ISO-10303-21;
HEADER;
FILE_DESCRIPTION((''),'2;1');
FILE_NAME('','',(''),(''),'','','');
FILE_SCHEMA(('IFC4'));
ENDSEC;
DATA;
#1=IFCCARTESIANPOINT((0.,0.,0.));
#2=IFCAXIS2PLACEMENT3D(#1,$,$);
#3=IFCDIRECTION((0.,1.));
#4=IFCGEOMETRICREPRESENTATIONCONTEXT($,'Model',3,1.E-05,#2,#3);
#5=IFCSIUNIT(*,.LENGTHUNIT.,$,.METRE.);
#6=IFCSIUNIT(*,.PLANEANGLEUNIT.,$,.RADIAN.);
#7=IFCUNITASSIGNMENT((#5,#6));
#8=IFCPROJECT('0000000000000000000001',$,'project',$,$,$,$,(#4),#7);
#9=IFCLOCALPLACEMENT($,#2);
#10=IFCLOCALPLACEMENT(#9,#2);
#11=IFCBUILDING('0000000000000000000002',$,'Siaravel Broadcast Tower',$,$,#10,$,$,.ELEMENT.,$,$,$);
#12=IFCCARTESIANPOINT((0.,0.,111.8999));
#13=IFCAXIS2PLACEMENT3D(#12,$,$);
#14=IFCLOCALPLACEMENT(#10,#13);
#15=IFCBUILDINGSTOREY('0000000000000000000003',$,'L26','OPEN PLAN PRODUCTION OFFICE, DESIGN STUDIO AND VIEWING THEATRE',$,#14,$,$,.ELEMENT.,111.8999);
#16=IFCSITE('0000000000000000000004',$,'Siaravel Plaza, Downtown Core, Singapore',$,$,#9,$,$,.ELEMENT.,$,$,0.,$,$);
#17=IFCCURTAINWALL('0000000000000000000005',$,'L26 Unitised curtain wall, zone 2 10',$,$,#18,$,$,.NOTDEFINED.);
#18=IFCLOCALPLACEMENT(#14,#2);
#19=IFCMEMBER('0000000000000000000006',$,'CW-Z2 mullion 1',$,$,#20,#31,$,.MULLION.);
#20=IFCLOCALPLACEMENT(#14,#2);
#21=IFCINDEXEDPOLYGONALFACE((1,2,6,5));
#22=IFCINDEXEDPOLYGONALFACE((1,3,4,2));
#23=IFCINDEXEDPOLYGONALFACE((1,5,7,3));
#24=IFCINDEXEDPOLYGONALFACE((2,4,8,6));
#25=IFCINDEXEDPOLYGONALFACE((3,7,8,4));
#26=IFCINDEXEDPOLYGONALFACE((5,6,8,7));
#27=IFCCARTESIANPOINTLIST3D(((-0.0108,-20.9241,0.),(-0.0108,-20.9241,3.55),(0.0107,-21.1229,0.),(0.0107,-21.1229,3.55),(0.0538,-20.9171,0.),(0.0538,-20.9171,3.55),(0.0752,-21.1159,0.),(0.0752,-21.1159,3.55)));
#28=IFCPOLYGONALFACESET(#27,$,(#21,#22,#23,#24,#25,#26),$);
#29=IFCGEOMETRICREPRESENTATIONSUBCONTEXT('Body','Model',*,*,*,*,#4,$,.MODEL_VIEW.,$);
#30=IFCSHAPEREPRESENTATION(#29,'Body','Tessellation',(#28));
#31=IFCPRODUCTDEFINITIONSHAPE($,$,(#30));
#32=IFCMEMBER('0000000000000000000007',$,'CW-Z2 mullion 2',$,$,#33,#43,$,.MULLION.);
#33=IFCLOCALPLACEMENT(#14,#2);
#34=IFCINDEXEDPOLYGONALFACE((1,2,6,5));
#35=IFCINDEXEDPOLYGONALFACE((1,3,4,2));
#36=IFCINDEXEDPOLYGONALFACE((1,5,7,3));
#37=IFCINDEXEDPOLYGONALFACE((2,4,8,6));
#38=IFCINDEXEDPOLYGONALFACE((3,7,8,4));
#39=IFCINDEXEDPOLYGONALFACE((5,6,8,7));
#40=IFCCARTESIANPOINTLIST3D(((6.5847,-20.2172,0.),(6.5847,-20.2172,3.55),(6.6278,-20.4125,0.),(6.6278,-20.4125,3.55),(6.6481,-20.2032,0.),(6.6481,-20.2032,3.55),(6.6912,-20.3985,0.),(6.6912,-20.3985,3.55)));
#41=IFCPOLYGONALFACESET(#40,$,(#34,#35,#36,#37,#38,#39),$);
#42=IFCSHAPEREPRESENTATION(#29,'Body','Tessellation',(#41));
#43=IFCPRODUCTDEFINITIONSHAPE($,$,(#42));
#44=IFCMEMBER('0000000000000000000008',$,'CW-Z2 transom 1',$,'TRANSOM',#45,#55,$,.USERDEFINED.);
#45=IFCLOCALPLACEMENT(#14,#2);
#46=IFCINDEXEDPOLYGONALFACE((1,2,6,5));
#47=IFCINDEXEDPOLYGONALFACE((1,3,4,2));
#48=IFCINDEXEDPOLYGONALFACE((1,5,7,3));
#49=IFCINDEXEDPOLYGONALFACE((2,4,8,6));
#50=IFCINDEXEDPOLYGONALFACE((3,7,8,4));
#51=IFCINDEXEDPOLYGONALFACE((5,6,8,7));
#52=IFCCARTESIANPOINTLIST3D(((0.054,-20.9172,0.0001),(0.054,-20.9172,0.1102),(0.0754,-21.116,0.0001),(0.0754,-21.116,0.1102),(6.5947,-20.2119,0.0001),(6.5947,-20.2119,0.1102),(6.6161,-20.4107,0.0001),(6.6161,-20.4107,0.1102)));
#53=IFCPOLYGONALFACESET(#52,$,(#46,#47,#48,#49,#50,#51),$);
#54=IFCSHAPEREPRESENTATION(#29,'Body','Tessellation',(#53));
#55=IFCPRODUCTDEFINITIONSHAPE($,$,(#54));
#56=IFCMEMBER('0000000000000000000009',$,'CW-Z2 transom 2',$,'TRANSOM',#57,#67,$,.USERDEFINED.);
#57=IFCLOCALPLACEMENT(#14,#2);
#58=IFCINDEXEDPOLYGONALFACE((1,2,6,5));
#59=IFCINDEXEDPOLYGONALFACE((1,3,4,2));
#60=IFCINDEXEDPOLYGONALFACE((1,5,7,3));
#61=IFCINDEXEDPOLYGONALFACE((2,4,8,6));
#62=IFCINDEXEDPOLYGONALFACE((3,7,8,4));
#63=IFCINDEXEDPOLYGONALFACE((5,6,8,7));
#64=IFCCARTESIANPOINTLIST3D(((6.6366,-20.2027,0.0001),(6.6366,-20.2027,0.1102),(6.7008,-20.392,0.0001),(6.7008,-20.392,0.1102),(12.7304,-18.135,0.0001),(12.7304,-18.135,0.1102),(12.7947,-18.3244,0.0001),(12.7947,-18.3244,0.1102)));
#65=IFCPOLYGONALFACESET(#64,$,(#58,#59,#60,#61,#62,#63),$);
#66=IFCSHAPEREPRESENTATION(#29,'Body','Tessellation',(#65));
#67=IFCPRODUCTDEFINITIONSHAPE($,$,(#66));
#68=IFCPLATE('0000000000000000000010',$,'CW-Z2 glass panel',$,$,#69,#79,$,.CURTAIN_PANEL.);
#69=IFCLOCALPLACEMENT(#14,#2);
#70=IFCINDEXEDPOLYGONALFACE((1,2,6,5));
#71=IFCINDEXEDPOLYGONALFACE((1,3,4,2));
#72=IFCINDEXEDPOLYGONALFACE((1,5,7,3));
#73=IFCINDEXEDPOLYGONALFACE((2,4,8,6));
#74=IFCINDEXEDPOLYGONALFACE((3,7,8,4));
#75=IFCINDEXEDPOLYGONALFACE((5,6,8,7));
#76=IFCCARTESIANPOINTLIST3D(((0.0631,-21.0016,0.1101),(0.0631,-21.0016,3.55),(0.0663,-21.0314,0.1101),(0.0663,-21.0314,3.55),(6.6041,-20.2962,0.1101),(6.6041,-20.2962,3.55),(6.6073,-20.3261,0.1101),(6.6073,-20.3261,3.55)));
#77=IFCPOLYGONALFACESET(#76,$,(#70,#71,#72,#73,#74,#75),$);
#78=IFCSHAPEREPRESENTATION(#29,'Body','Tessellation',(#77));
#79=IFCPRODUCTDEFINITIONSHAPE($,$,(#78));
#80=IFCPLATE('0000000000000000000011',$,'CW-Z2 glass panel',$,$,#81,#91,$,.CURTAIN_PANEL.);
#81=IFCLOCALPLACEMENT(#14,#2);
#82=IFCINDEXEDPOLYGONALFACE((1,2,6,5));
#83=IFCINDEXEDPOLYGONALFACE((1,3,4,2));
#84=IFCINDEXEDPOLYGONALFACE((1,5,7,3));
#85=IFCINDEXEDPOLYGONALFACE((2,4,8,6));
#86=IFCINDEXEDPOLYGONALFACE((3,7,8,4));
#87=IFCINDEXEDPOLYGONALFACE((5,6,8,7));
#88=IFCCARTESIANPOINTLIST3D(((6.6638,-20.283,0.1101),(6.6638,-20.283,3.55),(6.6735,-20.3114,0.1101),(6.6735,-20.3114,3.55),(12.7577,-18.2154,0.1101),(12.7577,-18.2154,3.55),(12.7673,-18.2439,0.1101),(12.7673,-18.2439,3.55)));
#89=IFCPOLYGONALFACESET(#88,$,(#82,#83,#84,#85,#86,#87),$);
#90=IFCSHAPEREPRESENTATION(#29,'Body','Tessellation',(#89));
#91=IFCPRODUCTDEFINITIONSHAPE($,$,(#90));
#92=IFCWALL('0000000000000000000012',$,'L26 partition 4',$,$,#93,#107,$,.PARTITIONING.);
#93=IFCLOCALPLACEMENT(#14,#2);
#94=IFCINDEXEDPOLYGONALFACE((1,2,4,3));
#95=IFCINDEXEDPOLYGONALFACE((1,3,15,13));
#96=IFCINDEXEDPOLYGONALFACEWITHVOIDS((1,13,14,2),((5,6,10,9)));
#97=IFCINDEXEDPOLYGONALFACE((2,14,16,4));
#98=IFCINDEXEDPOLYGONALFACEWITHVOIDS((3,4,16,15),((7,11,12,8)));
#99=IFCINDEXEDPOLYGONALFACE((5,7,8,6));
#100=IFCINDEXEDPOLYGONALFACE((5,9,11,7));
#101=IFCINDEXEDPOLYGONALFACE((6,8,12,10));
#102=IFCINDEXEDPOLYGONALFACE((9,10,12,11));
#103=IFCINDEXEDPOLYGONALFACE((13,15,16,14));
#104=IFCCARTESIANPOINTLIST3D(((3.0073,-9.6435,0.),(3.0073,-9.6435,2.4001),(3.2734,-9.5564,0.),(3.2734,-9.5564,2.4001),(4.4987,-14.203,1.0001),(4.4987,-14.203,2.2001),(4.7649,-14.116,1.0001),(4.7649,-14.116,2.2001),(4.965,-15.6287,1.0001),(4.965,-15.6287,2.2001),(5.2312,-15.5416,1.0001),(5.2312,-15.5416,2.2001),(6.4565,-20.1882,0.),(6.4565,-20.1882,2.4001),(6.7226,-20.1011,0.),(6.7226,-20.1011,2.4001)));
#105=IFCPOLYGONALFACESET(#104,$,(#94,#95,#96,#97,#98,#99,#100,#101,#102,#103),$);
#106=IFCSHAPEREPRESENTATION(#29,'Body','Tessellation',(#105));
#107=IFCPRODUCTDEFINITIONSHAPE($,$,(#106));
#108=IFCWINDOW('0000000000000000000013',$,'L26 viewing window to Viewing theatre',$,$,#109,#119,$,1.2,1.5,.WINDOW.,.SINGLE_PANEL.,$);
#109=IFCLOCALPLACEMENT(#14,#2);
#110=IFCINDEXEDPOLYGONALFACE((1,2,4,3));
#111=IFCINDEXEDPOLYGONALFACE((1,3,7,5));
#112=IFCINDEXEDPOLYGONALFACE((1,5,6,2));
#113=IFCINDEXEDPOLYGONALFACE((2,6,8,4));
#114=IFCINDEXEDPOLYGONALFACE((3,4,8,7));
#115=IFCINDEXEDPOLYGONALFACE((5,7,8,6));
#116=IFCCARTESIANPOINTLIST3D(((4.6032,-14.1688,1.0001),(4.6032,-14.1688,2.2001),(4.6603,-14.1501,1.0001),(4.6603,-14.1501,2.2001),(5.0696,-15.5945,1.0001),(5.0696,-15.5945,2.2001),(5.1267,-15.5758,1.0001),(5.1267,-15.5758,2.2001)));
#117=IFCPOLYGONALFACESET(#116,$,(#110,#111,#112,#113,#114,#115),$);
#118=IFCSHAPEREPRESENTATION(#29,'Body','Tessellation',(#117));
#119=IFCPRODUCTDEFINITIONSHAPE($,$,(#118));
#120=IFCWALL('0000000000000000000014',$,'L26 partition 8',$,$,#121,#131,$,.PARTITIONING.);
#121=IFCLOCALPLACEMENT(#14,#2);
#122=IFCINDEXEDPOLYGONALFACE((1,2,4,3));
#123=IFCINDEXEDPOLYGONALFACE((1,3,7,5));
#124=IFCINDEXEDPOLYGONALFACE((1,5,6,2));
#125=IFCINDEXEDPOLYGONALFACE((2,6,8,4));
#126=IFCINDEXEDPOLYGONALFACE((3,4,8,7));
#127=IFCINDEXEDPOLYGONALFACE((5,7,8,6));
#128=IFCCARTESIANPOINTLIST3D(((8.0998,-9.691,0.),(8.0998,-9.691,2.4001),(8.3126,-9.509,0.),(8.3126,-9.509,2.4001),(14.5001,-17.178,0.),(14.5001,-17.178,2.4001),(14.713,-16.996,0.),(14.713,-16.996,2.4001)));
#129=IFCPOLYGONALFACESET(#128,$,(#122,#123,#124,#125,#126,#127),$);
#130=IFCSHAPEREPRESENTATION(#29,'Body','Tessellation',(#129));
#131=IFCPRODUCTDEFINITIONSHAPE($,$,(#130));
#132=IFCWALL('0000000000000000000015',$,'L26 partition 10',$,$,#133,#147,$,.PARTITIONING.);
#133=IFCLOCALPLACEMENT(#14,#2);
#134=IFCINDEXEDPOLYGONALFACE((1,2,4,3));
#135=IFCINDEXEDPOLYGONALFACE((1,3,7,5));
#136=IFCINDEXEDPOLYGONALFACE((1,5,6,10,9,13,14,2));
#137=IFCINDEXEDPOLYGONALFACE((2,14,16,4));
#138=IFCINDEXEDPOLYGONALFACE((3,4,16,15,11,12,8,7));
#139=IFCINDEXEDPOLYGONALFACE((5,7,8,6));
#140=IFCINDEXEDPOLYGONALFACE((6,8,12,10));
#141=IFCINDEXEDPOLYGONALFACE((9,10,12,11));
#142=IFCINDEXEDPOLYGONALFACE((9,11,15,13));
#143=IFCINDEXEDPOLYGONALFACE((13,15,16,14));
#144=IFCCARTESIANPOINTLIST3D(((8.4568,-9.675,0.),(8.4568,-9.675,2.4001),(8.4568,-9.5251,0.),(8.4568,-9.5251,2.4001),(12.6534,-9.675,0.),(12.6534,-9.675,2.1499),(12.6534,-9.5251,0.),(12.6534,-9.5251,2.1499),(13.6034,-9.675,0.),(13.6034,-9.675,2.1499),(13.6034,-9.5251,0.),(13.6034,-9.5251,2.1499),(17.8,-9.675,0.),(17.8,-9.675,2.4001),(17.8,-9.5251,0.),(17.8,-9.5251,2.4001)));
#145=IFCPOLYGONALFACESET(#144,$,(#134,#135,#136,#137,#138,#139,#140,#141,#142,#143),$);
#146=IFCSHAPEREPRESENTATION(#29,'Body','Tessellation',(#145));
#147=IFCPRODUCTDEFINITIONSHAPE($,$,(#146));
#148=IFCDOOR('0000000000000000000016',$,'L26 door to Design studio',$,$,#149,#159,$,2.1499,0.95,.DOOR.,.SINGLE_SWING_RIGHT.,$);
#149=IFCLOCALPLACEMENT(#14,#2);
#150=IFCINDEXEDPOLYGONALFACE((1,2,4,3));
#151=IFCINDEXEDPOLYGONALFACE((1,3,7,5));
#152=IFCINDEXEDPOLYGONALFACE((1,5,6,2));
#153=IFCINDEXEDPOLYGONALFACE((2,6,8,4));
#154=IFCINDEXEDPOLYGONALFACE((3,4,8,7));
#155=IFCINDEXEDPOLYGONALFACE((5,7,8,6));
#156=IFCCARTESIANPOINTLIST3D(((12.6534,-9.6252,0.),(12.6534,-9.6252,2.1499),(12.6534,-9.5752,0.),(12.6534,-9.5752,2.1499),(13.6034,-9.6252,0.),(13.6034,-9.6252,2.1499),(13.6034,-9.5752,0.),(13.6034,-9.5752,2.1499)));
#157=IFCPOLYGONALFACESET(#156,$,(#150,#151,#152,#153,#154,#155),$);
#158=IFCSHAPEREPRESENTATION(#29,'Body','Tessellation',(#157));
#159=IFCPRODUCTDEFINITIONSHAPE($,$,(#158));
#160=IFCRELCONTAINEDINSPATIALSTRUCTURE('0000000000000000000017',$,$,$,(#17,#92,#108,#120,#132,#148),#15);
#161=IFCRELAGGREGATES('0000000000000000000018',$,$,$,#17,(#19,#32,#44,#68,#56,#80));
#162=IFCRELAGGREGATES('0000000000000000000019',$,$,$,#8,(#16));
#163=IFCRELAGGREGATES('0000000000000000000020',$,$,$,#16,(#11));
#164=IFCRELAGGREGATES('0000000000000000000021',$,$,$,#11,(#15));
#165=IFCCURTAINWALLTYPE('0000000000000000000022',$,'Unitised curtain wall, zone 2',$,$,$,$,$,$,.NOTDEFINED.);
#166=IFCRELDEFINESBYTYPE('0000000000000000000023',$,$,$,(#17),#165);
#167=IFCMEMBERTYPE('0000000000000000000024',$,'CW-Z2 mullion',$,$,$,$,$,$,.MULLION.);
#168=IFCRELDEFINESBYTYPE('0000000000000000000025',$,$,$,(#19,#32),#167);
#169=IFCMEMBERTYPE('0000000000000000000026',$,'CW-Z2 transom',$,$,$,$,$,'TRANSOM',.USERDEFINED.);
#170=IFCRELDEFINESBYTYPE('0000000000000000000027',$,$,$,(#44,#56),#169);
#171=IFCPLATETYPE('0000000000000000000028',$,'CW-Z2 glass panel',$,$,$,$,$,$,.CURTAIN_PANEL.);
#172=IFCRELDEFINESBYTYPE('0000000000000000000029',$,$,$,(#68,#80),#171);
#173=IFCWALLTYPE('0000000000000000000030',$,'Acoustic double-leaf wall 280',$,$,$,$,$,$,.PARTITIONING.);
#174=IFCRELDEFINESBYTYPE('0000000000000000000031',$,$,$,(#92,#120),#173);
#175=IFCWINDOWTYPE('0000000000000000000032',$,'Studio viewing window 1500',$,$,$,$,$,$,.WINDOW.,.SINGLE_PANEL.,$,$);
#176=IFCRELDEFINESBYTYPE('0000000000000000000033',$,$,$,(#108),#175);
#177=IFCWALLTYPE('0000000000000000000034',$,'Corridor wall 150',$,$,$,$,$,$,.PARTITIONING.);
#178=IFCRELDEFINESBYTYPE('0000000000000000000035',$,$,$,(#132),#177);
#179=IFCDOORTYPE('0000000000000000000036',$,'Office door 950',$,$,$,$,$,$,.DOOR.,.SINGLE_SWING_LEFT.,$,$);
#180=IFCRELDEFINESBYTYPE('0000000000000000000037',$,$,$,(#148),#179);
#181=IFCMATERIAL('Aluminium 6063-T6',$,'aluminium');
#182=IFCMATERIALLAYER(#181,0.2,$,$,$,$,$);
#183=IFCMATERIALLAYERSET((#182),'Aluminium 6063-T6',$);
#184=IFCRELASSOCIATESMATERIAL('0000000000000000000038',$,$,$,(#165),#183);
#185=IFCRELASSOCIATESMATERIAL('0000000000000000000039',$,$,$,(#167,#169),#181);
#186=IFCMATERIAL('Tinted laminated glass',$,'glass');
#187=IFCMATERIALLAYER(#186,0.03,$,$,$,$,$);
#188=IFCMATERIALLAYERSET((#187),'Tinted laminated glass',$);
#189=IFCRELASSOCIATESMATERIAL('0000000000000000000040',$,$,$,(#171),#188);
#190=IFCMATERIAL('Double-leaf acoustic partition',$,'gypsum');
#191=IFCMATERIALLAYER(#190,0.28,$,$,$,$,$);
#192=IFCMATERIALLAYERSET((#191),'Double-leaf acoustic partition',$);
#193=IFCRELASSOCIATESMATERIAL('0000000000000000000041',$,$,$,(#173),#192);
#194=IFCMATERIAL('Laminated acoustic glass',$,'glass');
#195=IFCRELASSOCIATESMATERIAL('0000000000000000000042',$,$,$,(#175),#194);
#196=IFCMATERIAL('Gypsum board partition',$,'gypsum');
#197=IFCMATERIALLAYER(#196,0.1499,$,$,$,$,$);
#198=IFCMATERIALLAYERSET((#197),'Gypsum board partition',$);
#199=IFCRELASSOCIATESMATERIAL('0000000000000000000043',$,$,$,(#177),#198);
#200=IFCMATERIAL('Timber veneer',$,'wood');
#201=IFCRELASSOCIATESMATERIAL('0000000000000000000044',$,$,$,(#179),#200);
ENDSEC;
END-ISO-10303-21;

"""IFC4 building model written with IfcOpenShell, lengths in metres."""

from ifc_helpers import new_model, si_unit, direction, frame, frame_2d, origin, origin_2d, place, context, subcontext, project, spatial, rectangle, extrude, material, layer, layer_set, material_profile, profile_set, type_object, element, fill, aggregate, save


model = new_model("IFC4")

# Units and contexts
model_context = context("Model", 3, precision=1e-05, world=origin(), true_north=direction((0.0, 1.0)))
body_context = subcontext(model_context, "Body", "Model", "MODEL_VIEW")
ifc_project = project(units=[si_unit("LENGTHUNIT", "METRE"), si_unit("PLANEANGLEUNIT", "RADIAN")], contexts=[model_context])

# Site, building, storey
site_placement = place(None, origin())
site = spatial("IfcSite", under=ifc_project, at=site_placement, Name="Siaravel Plaza, Downtown Core, Singapore", CompositionType="ELEMENT", RefElevation=0.0)
building_placement = place(site_placement, origin())
building = spatial("IfcBuilding", under=site, at=building_placement, Name="Siaravel Broadcast Tower", CompositionType="ELEMENT")
storey_placement = place(building_placement, frame((0.0, 0.0, 111.8999)))
storey = spatial("IfcBuildingStorey", under=building, at=storey_placement, Name="L26", Description="OPEN PLAN PRODUCTION OFFICE, DESIGN STUDIO AND VIEWING THEATRE", CompositionType="ELEMENT", Elevation=111.8999)

# Curtain wall, members, plates
ifc_material_1 = material(Name="Aluminium 6063-T6", Category="aluminium")
ifc_layer_1 = layer(ifc_material_1, 0.2)
ifc_layer_set_1 = layer_set([ifc_layer_1], Name="Aluminium 6063-T6")
curtain_wall_type = type_object("IfcCurtainWallType", Name="Unitised curtain wall, zone 2", PredefinedType="NOTDEFINED", material=ifc_layer_set_1)
curtain_wall_placement = place(storey_placement, origin())
curtain_wall = element("IfcCurtainWall", 1, at=curtain_wall_placement, inside=storey, type_object=curtain_wall_type, Name="L26 Unitised curtain wall, zone 2 10", PredefinedType="NOTDEFINED")
ifc_material_profile_1 = material_profile(ifc_material_1, rectangle(XDim=0.2, YDim=0.0649, at=origin_2d()))
ifc_profile_set_1 = profile_set([ifc_material_profile_1], Name="Aluminium 6063-T6")
member_type_1 = type_object("IfcMemberType", Name="CW-Z2 mullion", PredefinedType="MULLION", material=ifc_profile_set_1)
member_1_placement = place(storey_placement, frame((0.0322, -21.02, 0.0), z_axis=(0.0, 0.0, 1.0), x_axis=(-0.107217, 0.994236, 0.0)))
member_1 = element("IfcMember", 2, at=member_1_placement, type_object=member_type_1, Name="CW-Z2 mullion 1", PredefinedType="MULLION", context=body_context, shape_type="SweptSolid", body=[
    extrude(rectangle(XDim=0.2, YDim=0.0649, at=origin_2d()), origin(), (0.0, 0.0, 1.0), 3.55),
])
member_2_placement = place(storey_placement, frame((6.6379, -20.3079, 0.0), z_axis=(0.0, 0.0, 1.0), x_axis=(-0.215558, 0.976491, 0.0)))
member_2 = element("IfcMember", 3, at=member_2_placement, type_object=member_type_1, Name="CW-Z2 mullion 2", PredefinedType="MULLION", context=body_context, shape_type="SweptSolid", body=[
    extrude(rectangle(XDim=0.2, YDim=0.0649, at=origin_2d()), origin(), (0.0, 0.0, 1.0), 3.55),
])
ifc_material_profile_2 = material_profile(ifc_material_1, rectangle(XDim=0.2, YDim=0.1101, at=origin_2d()))
ifc_profile_set_2 = profile_set([ifc_material_profile_2], Name="Aluminium 6063-T6")
member_type_2 = type_object("IfcMemberType", Name="CW-Z2 transom", ElementType="TRANSOM", PredefinedType="USERDEFINED", material=ifc_profile_set_2)
member_3_placement = place(storey_placement, frame((0.0647, -21.0166, 0.0552), z_axis=(0.994236, 0.107213, 0.0), x_axis=(-0.107213, 0.994236, 0.0)))
member_3 = element("IfcMember", 4, at=member_3_placement, type_object=member_type_2, Name="CW-Z2 transom 1", ObjectType="TRANSOM", PredefinedType="USERDEFINED", context=body_context, shape_type="SweptSolid", body=[
    extrude(rectangle(XDim=0.2, YDim=0.1101, at=origin_2d()), origin(), (0.0, 0.0, 1.0), 6.5786),
])
member_4_placement = place(storey_placement, frame((6.6687, -20.2974, 0.0552), z_axis=(0.946974, 0.321311, 0.0), x_axis=(-0.321311, 0.946974, 0.0)))
member_4 = element("IfcMember", 5, at=member_4_placement, type_object=member_type_2, Name="CW-Z2 transom 2", ObjectType="TRANSOM", PredefinedType="USERDEFINED", context=body_context, shape_type="SweptSolid", body=[
    extrude(rectangle(XDim=0.2, YDim=0.1101, at=origin_2d()), origin(), (0.0, 0.0, 1.0), 6.4351),
])
ifc_material_2 = material(Name="Tinted laminated glass", Category="glass")
ifc_layer_2 = layer(ifc_material_2, 0.03)
ifc_layer_set_2 = layer_set([ifc_layer_2], Name="Tinted laminated glass")
plate_type = type_object("IfcPlateType", Name="CW-Z2 glass panel", PredefinedType="CURTAIN_PANEL", material=ifc_layer_set_2)
plate_1_placement = place(storey_placement, frame((3.3352, -20.6638, 0.1101), z_axis=(0.0, 0.0, 1.0), x_axis=(0.994236, 0.107217, 0.0)))
plate_1 = element("IfcPlate", 6, at=plate_1_placement, type_object=plate_type, Name="CW-Z2 glass panel", PredefinedType="CURTAIN_PANEL", context=body_context, shape_type="SweptSolid", body=[
    extrude(rectangle(XDim=6.5789, YDim=0.03, at=origin_2d()), origin(), (0.0, 0.0, 1.0), 3.4399),
])
plate_2_placement = place(storey_placement, frame((9.7156, -19.2634, 0.1101), z_axis=(0.0, 0.0, 1.0), x_axis=(0.946977, 0.321301, 0.0)))
plate_2 = element("IfcPlate", 7, at=plate_2_placement, type_object=plate_type, Name="CW-Z2 glass panel", PredefinedType="CURTAIN_PANEL", context=body_context, shape_type="SweptSolid", body=[
    extrude(rectangle(XDim=6.4351, YDim=0.03, at=origin_2d()), origin(), (0.0, 0.0, 1.0), 3.4399),
])
aggregate(curtain_wall, [member_1, member_2, member_3, plate_1, member_4, plate_2])

# Wall, opening, window
ifc_material_3 = material(Name="Double-leaf acoustic partition", Category="gypsum")
ifc_layer_3 = layer(ifc_material_3, 0.28)
ifc_layer_set_3 = layer_set([ifc_layer_3], Name="Double-leaf acoustic partition")
wall_type_1 = type_object("IfcWallType", Name="Acoustic double-leaf wall 280", PredefinedType="PARTITIONING", material=ifc_layer_set_3)
wall_1_placement = place(storey_placement, frame((6.5896, -20.1448, 0.0), z_axis=(0.0, 0.0, 1.0), x_axis=(-0.310895, 0.950444, 0.0)))
wall_1 = element("IfcWall", 8, at=wall_1_placement, inside=storey, type_object=wall_type_1, Name="L26 partition 4", PredefinedType="PARTITIONING", context=body_context, shape_type="SweptSolid", body=[
    extrude(rectangle(XDim=11.0945, YDim=0.28, at=frame_2d((5.5474, 0.0))), origin(), (0.0, 0.0, 1.0), 2.4001),
])
opening_1_placement = place(wall_1_placement, frame((4.7974, 0.0, 1.0)))
opening_1 = element("IfcOpeningElement", 9, at=opening_1_placement, cuts=wall_1, PredefinedType="OPENING", context=body_context, shape_type="SweptSolid", body=[
    extrude(rectangle(XDim=1.5, YDim=1.2, at=frame_2d((0.75, 0.6001))), frame((0.0, 0.1499, 0.0), z_axis=(0.0, -1.0, 0.0), x_axis=(1.0, 0.0, 0.0)), (0.0, 0.0, 1.0), 0.3),
])
ifc_material_4 = material(Name="Laminated acoustic glass", Category="glass")
window_type = type_object("IfcWindowType", Name="Studio viewing window 1500", PartitioningType="SINGLE_PANEL", PredefinedType="WINDOW", material=ifc_material_4)
window_placement = place(opening_1_placement, origin())
window = element("IfcWindow", 10, at=window_placement, inside=storey, type_object=window_type, Name="L26 viewing window to Viewing theatre", OverallHeight=1.2, OverallWidth=1.5, PartitioningType="SINGLE_PANEL", PredefinedType="WINDOW", context=body_context, shape_type="SweptSolid", body=[
    extrude(rectangle(XDim=1.5, YDim=1.2, at=frame_2d((0.75, 0.6001))), frame((0.0, 0.03, 0.0), z_axis=(0.0, -1.0, 0.0), x_axis=(1.0, 0.0, 0.0)), (0.0, 0.0, 1.0), 0.0601),
])
fill(opening_1, window)

# Wall
wall_2_placement = place(storey_placement, frame((8.2063, -9.6001, 0.0), z_axis=(0.0, 0.0, 1.0), x_axis=(0.649791, -0.760113, 0.0)))
element("IfcWall", 11, at=wall_2_placement, inside=storey, type_object=wall_type_1, Name="L26 partition 8", PredefinedType="PARTITIONING", context=body_context, shape_type="SweptSolid", body=[
    extrude(rectangle(XDim=9.8499, YDim=0.28, at=frame_2d((4.9248, 0.0))), origin(), (0.0, 0.0, 1.0), 2.4001),
])

# Wall, opening, door
ifc_material_5 = material(Name="Gypsum board partition", Category="gypsum")
ifc_layer_4 = layer(ifc_material_5, 0.1499)
ifc_layer_set_4 = layer_set([ifc_layer_4], Name="Gypsum board partition")
wall_type_2 = type_object("IfcWallType", Name="Corridor wall 150", PredefinedType="PARTITIONING", material=ifc_layer_set_4)
wall_3_placement = place(storey_placement, frame((8.4568, -9.6001, 0.0), z_axis=(0.0, 0.0, 1.0), x_axis=(1.0, 0.0, 0.0)))
wall_3 = element("IfcWall", 12, at=wall_3_placement, inside=storey, type_object=wall_type_2, Name="L26 partition 10", PredefinedType="PARTITIONING", context=body_context, shape_type="SweptSolid", body=[
    extrude(rectangle(XDim=9.3433, YDim=0.1499, at=frame_2d((4.6716, 0.0))), origin(), (0.0, 0.0, 1.0), 2.4001),
])
opening_2_placement = place(wall_3_placement, frame((4.1965, 0.0, 0.0)))
opening_2 = element("IfcOpeningElement", 13, at=opening_2_placement, cuts=wall_3, PredefinedType="OPENING", context=body_context, shape_type="SweptSolid", body=[
    extrude(rectangle(XDim=0.95, YDim=2.1499, at=frame_2d((0.4751, 1.075))), frame((0.0, 0.085, 0.0), z_axis=(0.0, -1.0, 0.0), x_axis=(1.0, 0.0, 0.0)), (0.0, 0.0, 1.0), 0.1699),
])
ifc_material_6 = material(Name="Timber veneer", Category="wood")
door_type_1 = type_object("IfcDoorType", Name="Office door 950", OperationType="SINGLE_SWING_LEFT", PredefinedType="DOOR", material=ifc_material_6)
door_1_placement = place(opening_2_placement, origin())
door_1 = element("IfcDoor", 14, at=door_1_placement, inside=storey, type_object=door_type_1, Name="L26 door to Design studio", OperationType="SINGLE_SWING_RIGHT", OverallHeight=2.1499, OverallWidth=0.95, PredefinedType="DOOR", context=body_context, shape_type="SweptSolid", body=[
    extrude(rectangle(XDim=0.95, YDim=2.1499, at=frame_2d((0.4751, 1.075))), frame((0.0, 0.0249, 0.0), z_axis=(0.0, -1.0, 0.0), x_axis=(1.0, 0.0, 0.0)), (0.0, 0.0, 1.0), 0.05),
])
fill(opening_2, door_1)

save(model, "model.ifc")
